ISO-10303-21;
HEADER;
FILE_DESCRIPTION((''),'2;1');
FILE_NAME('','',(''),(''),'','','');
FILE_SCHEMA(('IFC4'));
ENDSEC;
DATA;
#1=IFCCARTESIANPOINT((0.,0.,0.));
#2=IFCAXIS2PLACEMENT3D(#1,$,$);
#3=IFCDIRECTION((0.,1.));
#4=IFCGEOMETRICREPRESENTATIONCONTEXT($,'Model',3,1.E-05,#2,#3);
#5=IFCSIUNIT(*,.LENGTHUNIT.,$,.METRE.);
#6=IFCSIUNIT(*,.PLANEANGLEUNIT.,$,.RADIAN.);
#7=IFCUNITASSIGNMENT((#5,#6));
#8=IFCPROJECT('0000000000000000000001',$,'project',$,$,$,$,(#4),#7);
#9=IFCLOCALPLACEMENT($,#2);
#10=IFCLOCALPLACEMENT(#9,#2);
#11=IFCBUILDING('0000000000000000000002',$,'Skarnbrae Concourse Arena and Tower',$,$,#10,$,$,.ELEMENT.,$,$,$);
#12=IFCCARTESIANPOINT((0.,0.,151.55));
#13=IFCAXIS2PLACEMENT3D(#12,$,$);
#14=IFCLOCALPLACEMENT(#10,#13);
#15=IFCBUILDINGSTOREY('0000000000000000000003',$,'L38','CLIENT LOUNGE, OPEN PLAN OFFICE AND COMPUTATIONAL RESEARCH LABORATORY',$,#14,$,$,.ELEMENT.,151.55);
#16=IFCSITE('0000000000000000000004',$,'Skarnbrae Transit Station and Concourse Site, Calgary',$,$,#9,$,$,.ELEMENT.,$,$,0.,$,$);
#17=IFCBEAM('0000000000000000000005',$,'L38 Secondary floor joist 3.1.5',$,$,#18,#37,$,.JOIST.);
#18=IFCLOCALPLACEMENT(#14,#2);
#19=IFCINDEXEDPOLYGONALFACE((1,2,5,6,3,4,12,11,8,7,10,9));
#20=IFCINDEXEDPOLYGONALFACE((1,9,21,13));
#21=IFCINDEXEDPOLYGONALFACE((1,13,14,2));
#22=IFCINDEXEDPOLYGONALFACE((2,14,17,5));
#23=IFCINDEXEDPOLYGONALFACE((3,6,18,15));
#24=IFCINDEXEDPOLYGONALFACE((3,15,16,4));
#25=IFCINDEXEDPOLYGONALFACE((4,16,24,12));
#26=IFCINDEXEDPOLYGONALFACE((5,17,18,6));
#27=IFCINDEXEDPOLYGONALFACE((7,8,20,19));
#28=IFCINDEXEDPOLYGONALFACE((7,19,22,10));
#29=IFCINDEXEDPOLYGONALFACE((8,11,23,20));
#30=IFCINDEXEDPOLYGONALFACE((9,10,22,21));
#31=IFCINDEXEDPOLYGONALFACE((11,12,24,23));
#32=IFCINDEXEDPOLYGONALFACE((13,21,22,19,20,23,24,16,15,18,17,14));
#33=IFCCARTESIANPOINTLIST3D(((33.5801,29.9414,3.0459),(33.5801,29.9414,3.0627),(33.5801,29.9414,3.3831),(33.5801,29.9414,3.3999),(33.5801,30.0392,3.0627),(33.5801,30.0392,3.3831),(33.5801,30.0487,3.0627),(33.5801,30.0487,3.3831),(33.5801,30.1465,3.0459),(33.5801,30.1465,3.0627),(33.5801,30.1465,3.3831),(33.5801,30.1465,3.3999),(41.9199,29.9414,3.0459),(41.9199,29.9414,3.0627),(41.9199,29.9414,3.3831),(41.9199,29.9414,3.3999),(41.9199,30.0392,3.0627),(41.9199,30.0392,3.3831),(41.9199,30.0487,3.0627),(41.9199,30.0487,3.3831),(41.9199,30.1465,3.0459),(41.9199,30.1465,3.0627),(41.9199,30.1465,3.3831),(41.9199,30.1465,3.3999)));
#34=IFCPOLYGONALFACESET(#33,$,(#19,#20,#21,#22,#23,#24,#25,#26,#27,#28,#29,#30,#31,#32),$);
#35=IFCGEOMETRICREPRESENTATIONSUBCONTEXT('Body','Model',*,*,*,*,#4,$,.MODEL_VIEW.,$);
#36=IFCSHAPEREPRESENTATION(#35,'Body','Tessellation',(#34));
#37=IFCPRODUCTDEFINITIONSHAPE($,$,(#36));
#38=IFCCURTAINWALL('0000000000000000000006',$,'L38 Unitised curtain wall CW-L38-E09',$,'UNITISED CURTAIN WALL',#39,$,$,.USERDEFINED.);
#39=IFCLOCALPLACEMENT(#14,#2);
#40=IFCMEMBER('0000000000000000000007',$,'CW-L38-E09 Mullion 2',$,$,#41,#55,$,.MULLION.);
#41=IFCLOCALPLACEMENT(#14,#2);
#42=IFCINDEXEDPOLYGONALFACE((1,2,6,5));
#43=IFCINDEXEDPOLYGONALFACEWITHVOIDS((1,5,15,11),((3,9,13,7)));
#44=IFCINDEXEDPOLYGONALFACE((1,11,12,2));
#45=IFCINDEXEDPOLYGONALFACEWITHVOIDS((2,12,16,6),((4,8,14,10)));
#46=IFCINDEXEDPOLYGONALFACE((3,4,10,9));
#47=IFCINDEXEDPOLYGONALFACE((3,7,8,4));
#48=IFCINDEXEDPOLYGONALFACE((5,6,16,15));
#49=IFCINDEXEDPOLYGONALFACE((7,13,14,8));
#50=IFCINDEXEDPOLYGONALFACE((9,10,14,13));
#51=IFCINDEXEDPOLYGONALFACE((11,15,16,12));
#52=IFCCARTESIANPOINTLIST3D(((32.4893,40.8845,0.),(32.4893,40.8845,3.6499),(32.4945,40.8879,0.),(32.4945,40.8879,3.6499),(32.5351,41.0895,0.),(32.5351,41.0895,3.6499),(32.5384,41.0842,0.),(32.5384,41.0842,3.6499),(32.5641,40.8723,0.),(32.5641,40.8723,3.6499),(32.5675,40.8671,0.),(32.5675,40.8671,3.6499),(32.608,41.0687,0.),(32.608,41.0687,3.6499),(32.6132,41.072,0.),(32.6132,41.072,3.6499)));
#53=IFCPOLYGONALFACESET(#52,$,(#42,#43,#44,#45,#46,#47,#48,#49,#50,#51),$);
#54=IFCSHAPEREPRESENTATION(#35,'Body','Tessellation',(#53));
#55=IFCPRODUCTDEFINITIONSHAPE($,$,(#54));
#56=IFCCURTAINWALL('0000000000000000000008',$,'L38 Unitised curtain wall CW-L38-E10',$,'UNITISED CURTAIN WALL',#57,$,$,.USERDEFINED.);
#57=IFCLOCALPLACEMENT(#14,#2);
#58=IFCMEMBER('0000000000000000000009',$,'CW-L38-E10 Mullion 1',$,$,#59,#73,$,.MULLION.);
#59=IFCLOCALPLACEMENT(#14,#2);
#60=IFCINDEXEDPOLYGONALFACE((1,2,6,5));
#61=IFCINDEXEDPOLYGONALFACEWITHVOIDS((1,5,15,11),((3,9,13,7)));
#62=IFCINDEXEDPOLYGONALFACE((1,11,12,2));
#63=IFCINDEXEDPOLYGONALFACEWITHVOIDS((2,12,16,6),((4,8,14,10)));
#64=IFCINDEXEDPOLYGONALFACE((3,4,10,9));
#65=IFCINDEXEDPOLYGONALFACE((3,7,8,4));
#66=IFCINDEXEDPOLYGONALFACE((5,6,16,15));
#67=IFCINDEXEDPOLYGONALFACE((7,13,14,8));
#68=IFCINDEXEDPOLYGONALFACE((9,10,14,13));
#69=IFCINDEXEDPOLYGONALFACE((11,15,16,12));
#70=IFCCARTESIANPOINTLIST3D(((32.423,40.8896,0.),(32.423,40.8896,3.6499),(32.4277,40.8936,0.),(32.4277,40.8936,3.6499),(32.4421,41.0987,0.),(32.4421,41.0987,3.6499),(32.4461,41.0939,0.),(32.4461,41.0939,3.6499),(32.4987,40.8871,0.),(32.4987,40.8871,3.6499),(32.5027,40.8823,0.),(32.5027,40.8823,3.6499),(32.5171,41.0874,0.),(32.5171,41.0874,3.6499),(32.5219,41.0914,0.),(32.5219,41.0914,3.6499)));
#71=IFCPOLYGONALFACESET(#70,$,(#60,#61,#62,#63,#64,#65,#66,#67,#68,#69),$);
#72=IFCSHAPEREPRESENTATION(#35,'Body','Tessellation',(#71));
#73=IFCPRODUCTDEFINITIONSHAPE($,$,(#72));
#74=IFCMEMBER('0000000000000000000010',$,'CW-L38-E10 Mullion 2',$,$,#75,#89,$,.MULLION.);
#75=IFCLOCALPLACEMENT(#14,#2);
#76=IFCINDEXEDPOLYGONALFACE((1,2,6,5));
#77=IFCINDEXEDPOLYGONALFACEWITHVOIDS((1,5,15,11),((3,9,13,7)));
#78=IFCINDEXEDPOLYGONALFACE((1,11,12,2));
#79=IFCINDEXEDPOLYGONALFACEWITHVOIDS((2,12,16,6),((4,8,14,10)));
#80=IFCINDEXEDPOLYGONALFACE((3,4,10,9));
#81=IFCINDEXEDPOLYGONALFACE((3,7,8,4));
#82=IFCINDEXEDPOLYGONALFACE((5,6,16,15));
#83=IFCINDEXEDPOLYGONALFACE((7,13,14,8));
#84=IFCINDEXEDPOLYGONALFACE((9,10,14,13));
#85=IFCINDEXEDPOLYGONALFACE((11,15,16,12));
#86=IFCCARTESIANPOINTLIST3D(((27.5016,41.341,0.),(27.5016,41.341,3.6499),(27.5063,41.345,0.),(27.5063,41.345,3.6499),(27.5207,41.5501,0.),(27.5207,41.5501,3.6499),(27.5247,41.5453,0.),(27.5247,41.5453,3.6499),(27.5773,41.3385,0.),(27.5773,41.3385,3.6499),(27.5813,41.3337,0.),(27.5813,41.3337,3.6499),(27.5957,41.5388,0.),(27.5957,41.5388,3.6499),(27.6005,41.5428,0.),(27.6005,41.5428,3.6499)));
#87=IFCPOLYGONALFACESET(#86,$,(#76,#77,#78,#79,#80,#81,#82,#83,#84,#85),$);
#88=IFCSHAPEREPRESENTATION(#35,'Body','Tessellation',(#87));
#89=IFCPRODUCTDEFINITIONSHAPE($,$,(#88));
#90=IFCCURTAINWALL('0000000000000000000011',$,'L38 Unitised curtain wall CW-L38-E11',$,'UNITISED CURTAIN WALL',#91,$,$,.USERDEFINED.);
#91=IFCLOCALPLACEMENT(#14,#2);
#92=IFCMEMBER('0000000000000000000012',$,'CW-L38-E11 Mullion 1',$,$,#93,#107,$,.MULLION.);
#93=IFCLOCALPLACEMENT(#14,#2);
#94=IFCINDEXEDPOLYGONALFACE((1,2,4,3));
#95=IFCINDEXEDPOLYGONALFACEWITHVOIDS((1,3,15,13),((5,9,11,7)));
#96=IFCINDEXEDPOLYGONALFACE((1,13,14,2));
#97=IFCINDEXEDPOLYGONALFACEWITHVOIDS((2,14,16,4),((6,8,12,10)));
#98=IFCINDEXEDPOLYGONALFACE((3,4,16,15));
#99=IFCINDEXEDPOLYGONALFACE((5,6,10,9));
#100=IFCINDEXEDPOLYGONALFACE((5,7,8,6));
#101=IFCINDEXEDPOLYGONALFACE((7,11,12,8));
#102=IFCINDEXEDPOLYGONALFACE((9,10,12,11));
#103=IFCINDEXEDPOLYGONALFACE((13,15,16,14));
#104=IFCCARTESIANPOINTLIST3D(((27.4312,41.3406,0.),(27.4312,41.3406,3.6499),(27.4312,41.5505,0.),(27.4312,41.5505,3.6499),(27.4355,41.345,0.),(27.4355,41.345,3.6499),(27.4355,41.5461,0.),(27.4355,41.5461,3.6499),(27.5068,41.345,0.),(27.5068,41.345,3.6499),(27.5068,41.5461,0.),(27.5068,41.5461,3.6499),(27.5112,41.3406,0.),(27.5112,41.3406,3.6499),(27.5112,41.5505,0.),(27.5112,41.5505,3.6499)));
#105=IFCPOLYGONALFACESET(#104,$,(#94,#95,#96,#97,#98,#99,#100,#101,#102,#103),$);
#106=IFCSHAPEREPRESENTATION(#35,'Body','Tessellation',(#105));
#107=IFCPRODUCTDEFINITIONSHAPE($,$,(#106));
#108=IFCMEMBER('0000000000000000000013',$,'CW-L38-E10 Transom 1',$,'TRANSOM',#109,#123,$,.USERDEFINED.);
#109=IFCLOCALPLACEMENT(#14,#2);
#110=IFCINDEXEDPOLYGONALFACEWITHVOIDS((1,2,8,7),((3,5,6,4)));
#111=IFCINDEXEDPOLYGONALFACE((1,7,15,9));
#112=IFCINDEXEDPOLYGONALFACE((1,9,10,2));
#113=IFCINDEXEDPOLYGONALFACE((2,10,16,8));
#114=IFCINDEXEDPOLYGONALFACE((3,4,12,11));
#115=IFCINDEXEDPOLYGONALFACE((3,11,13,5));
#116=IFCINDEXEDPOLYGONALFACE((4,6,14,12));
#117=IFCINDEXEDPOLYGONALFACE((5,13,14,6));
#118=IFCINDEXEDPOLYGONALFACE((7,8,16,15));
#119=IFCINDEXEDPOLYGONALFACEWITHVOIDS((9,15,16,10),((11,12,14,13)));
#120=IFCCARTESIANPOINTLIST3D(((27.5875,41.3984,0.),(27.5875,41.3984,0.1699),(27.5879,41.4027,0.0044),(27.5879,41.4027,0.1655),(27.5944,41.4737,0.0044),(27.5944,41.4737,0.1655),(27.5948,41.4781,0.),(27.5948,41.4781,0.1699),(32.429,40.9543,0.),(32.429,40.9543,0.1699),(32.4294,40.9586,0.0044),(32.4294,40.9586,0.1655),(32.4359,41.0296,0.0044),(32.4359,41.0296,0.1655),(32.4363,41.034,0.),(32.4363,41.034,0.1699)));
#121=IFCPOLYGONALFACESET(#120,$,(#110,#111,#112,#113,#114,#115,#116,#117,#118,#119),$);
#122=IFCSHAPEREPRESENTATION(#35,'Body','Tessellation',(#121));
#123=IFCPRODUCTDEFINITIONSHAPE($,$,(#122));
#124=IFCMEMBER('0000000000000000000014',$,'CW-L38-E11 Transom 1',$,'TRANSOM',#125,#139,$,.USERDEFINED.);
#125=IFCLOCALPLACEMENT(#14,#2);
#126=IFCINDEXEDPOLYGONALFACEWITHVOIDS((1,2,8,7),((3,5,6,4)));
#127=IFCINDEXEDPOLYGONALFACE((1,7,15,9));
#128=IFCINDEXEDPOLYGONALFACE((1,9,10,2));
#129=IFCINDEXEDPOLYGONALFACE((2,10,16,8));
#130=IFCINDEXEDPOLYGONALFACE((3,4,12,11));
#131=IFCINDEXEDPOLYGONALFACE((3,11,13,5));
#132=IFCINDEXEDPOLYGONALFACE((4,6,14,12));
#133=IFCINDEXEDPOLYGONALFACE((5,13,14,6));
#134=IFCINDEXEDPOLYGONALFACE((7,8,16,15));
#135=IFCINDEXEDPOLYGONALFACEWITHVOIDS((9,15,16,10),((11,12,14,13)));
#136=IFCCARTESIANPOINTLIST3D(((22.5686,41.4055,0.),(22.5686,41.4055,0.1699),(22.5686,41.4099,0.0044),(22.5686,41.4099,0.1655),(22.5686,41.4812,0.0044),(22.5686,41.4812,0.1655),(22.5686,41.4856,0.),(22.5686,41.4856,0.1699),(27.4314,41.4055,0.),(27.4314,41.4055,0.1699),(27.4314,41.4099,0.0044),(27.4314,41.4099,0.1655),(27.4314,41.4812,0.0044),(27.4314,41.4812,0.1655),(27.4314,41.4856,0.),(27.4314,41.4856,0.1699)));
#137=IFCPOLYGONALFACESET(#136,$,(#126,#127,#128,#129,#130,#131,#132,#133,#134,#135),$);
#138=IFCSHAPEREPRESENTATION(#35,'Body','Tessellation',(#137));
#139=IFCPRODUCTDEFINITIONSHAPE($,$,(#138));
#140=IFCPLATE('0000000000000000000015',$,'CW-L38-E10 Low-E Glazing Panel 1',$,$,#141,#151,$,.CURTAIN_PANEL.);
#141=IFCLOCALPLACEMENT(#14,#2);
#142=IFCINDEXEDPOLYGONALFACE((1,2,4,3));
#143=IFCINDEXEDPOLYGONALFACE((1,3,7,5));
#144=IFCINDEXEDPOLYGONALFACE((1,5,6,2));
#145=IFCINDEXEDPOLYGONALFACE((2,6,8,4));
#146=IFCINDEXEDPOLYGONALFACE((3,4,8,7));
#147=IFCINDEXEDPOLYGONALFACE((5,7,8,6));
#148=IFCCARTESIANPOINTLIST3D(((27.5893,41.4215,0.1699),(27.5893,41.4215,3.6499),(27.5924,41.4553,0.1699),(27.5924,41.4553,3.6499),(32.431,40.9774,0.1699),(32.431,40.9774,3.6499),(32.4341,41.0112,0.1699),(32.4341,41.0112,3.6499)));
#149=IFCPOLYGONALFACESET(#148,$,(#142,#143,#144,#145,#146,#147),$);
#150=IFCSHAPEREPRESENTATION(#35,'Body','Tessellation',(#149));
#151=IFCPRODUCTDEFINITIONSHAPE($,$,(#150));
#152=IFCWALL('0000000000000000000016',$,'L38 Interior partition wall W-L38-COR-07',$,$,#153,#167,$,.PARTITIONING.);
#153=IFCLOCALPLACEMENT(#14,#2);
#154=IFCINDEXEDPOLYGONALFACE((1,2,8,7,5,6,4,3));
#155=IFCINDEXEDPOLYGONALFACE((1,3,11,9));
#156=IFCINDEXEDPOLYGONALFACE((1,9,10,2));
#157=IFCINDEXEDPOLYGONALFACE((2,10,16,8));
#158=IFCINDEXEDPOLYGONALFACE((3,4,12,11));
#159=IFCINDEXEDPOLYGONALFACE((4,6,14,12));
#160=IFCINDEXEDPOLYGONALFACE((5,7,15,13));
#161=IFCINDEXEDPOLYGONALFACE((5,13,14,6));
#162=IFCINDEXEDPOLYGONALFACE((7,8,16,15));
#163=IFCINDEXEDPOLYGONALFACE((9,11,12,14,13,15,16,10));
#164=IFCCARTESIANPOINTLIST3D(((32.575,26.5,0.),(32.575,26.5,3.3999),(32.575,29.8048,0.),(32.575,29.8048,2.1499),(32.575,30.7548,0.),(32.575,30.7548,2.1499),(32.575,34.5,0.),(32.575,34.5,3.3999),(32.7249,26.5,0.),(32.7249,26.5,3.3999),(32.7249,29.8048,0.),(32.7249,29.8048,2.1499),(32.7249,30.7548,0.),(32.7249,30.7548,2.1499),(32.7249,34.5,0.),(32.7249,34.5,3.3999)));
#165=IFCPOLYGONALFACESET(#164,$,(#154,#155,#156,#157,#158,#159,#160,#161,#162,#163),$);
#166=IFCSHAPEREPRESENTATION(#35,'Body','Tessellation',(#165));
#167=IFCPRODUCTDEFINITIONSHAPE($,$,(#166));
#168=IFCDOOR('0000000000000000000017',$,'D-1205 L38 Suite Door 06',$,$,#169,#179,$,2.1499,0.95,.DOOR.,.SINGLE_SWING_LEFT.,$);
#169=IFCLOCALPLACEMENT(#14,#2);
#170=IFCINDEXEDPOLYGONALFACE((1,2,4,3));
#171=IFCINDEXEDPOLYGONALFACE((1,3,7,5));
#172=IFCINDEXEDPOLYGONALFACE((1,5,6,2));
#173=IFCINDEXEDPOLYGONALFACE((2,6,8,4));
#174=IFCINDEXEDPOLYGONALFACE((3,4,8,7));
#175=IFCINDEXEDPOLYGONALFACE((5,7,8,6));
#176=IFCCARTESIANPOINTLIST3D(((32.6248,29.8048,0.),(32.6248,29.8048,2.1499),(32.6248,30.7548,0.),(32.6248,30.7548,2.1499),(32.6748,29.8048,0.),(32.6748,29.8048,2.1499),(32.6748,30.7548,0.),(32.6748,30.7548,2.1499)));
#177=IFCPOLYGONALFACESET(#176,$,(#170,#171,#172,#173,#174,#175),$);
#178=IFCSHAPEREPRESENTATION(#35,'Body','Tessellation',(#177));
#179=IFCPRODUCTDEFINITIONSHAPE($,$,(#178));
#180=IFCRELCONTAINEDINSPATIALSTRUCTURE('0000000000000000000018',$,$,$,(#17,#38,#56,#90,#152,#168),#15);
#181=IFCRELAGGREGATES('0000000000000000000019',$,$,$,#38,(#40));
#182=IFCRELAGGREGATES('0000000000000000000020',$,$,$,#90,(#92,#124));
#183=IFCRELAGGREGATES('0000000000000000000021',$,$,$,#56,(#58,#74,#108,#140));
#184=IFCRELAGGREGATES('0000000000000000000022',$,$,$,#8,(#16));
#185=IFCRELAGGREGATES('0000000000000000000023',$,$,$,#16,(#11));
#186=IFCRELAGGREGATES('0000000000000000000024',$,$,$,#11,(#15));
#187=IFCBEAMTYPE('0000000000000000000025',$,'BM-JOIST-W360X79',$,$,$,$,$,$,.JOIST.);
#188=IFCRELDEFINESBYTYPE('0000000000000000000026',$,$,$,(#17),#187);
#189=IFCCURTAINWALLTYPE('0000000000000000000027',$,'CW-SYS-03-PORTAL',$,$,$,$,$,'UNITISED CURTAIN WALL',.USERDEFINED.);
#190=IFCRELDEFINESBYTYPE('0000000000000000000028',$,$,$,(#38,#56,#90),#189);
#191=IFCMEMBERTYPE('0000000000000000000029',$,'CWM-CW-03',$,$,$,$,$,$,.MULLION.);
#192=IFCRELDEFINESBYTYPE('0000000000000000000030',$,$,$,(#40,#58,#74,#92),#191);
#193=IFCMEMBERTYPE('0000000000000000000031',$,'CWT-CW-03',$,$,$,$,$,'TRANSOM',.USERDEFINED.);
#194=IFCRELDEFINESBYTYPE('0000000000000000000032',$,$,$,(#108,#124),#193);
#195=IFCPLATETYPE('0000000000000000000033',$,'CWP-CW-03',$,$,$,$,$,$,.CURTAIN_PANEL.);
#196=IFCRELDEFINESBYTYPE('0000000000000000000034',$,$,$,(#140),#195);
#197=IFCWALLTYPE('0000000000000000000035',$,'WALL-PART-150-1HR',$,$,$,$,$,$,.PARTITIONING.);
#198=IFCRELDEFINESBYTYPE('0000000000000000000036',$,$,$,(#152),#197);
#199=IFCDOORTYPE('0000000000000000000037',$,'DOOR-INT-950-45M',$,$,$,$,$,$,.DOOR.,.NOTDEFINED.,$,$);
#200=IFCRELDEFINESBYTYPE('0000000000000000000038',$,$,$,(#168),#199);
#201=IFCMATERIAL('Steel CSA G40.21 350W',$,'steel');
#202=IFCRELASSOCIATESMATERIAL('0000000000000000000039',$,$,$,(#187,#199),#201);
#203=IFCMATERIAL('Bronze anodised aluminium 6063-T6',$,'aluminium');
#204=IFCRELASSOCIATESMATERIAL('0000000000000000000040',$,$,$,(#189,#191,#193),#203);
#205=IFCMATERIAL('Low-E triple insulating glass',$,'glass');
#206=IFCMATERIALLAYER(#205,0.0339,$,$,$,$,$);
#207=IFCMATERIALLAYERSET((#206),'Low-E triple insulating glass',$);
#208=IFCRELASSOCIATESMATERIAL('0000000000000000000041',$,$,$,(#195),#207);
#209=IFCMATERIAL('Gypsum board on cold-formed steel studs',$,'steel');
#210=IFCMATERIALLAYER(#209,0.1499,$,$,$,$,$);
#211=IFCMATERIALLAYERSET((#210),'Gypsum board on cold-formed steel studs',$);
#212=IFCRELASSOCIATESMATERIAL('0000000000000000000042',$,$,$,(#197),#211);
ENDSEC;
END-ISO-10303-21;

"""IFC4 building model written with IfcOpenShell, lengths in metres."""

from ifc_helpers import new_model, si_unit, direction, frame, frame_2d, origin, origin_2d, place, context, subcontext, project, spatial, rectangle, hollow_rectangle, i_section, extrude, source, transform, mapped, material, layer, layer_set, material_profile, profile_set, type_object, element, fill, aggregate, save


model = new_model("IFC4")

# Units and contexts
model_context = context("Model", 3, precision=1e-05, world=origin(), true_north=direction((0.0, 1.0)))
body_context = subcontext(model_context, "Body", "Model", "MODEL_VIEW")
ifc_project = project(units=[si_unit("LENGTHUNIT", "METRE"), si_unit("PLANEANGLEUNIT", "RADIAN")], contexts=[model_context])

# Site, building, storey
site_placement = place(None, origin())
site = spatial("IfcSite", under=ifc_project, at=site_placement, Name="Skarnbrae Transit Station and Concourse Site, Calgary", CompositionType="ELEMENT", RefElevation=0.0)
building_placement = place(site_placement, origin())
building = spatial("IfcBuilding", under=site, at=building_placement, Name="Skarnbrae Concourse Arena and Tower", CompositionType="ELEMENT")
storey_placement = place(building_placement, frame((0.0, 0.0, 151.55)))
storey = spatial("IfcBuildingStorey", under=building, at=storey_placement, Name="L38", Description="CLIENT LOUNGE, OPEN PLAN OFFICE AND COMPUTATIONAL RESEARCH LABORATORY", CompositionType="ELEMENT", Elevation=151.55)

# Shared definitions
ifc_material_1 = material(Name="Steel CSA G40.21 350W", Category="steel")

# Beam
ifc_material_profile_1 = material_profile(ifc_material_1, i_section(OverallWidth=0.2051, OverallDepth=0.354, WebThickness=0.0095, FlangeThickness=0.0168, at=origin_2d()), Name="W360X79")
ifc_profile_set_1 = profile_set([ifc_material_profile_1], Name="Steel CSA G40.21 350W")
beam_type_1 = type_object("IfcBeamType", Name="BM-JOIST-W360X79", PredefinedType="JOIST", material=ifc_profile_set_1)
shared_shape_1 = source(origin(), body_context, "Body", "SweptSolid", [
    extrude(i_section(OverallWidth=0.2051, OverallDepth=0.354, WebThickness=0.0095, FlangeThickness=0.0168, at=origin_2d()), origin(), (0.0, 0.0, 1.0), 8.3398),
])
beam_1_placement = place(storey_placement, frame((33.5801, 30.0439, 3.2229), z_axis=(1.0, 0.0, 0.0), x_axis=(0.0, 1.0, 0.0)))
element("IfcBeam", 1, at=beam_1_placement, inside=storey, type_object=beam_type_1, Name="L38 Secondary floor joist 3.1.5", PredefinedType="JOIST", context=body_context, shape_type="MappedRepresentation", body=[
    mapped(shared_shape_1, transform((0.0, 0.0, 0.0))),
])

# Curtain wall, member
ifc_material_2 = material(Name="Bronze anodised aluminium 6063-T6", Category="aluminium")
curtain_wall_type = type_object("IfcCurtainWallType", Name="CW-SYS-03-PORTAL", ElementType="UNITISED CURTAIN WALL", PredefinedType="USERDEFINED", material=ifc_material_2)
curtain_wall_1_placement = place(storey_placement, origin())
curtain_wall_1 = element("IfcCurtainWall", 2, at=curtain_wall_1_placement, inside=storey, type_object=curtain_wall_type, Name="L38 Unitised curtain wall CW-L38-E09", ObjectType="UNITISED CURTAIN WALL", PredefinedType="USERDEFINED")
ifc_material_profile_2 = material_profile(ifc_material_2, hollow_rectangle(XDim=0.0801, YDim=0.21, WallThickness=0.0044, at=origin_2d()), Name="ALU-MULL-80X210")
ifc_profile_set_2 = profile_set([ifc_material_profile_2], Name="Bronze anodised aluminium 6063-T6")
member_type_1 = type_object("IfcMemberType", Name="CWM-CW-03", PredefinedType="MULLION", material=ifc_profile_set_2)
shared_shape_2 = source(origin(), body_context, "Body", "SweptSolid", [
    extrude(hollow_rectangle(XDim=0.0801, YDim=0.21, WallThickness=0.0044, at=origin_2d()), origin(), (0.0, 0.0, 1.0), 3.6499),
])
member_1_placement = place(storey_placement, frame((32.5513, 40.9783, 0.0), z_axis=(0.0, 0.0, 1.0), x_axis=(-0.975936, 0.218056, 0.0)))
member_1 = element("IfcMember", 3, at=member_1_placement, type_object=member_type_1, Name="CW-L38-E09 Mullion 2", PredefinedType="MULLION", context=body_context, shape_type="MappedRepresentation", body=[
    mapped(shared_shape_2, transform((0.0, 0.0, 0.0))),
])
aggregate(curtain_wall_1, [member_1])

# Curtain wall, members
curtain_wall_2_placement = place(storey_placement, origin())
curtain_wall_2 = element("IfcCurtainWall", 4, at=curtain_wall_2_placement, inside=storey, type_object=curtain_wall_type, Name="L38 Unitised curtain wall CW-L38-E10", ObjectType="UNITISED CURTAIN WALL", PredefinedType="USERDEFINED")
member_2_placement = place(storey_placement, frame((32.4724, 40.9905, 0.0), z_axis=(0.0, 0.0, 1.0), x_axis=(-0.99582, 0.091338, 0.0)))
member_2 = element("IfcMember", 5, at=member_2_placement, type_object=member_type_1, Name="CW-L38-E10 Mullion 1", PredefinedType="MULLION", context=body_context, shape_type="MappedRepresentation", body=[
    mapped(shared_shape_2, transform((0.0, 0.0, 0.0))),
])
member_3_placement = place(storey_placement, frame((27.551, 41.4419, 0.0), z_axis=(0.0, 0.0, 1.0), x_axis=(-0.99582, 0.091338, 0.0)))
member_3 = element("IfcMember", 6, at=member_3_placement, type_object=member_type_1, Name="CW-L38-E10 Mullion 2", PredefinedType="MULLION", context=body_context, shape_type="MappedRepresentation", body=[
    mapped(shared_shape_2, transform((0.0, 0.0, 0.0))),
])

# Curtain wall, member
curtain_wall_3_placement = place(storey_placement, origin())
curtain_wall_3 = element("IfcCurtainWall", 7, at=curtain_wall_3_placement, inside=storey, type_object=curtain_wall_type, Name="L38 Unitised curtain wall CW-L38-E11", ObjectType="UNITISED CURTAIN WALL", PredefinedType="USERDEFINED")
member_4_placement = place(storey_placement, frame((27.4712, 41.4456, 0.0), z_axis=(0.0, 0.0, 1.0), x_axis=(-1.0, 0.0, 0.0)))
member_4 = element("IfcMember", 8, at=member_4_placement, type_object=member_type_1, Name="CW-L38-E11 Mullion 1", PredefinedType="MULLION", context=body_context, shape_type="MappedRepresentation", body=[
    mapped(shared_shape_2, transform((0.0, 0.0, 0.0))),
])

# Members
ifc_material_profile_3 = material_profile(ifc_material_2, hollow_rectangle(XDim=0.0801, YDim=0.1699, WallThickness=0.0044, at=origin_2d()), Name="ALU-TRAN-80X170")
ifc_profile_set_3 = profile_set([ifc_material_profile_3], Name="Bronze anodised aluminium 6063-T6")
member_type_2 = type_object("IfcMemberType", Name="CWT-CW-03", ElementType="TRANSOM", PredefinedType="USERDEFINED", material=ifc_profile_set_3)
shared_shape_3 = source(origin(), body_context, "Body", "SweptSolid", [
    extrude(hollow_rectangle(XDim=0.0801, YDim=0.1699, WallThickness=0.0044, at=origin_2d()), origin(), (0.0, 0.0, 1.0), 4.8618),
])
member_5_placement = place(storey_placement, frame((32.4326, 40.9941, 0.085), z_axis=(-0.99582, 0.091342, 0.0), x_axis=(-0.091342, -0.99582, 0.0)))
member_5 = element("IfcMember", 9, at=member_5_placement, type_object=member_type_2, Name="CW-L38-E10 Transom 1", ObjectType="TRANSOM", PredefinedType="USERDEFINED", context=body_context, shape_type="MappedRepresentation", body=[
    mapped(shared_shape_3, transform((0.0, 0.0, 0.0))),
])
shared_shape_4 = source(origin(), body_context, "Body", "SweptSolid", [
    extrude(hollow_rectangle(XDim=0.0801, YDim=0.1699, WallThickness=0.0044, at=origin_2d()), origin(), (0.0, 0.0, 1.0), 4.8628),
])
member_6_placement = place(storey_placement, frame((27.4314, 41.4456, 0.085), z_axis=(-1.0, 0.0, 0.0), x_axis=(0.0, -1.0, 0.0)))
member_6 = element("IfcMember", 10, at=member_6_placement, type_object=member_type_2, Name="CW-L38-E11 Transom 1", ObjectType="TRANSOM", PredefinedType="USERDEFINED", context=body_context, shape_type="MappedRepresentation", body=[
    mapped(shared_shape_4, transform((0.0, 0.0, 0.0))),
])
aggregate(curtain_wall_3, [member_4, member_6])

# Plate
ifc_material_3 = material(Name="Low-E triple insulating glass", Category="glass")
ifc_layer_1 = layer(ifc_material_3, 0.0339)
ifc_layer_set_1 = layer_set([ifc_layer_1], Name="Low-E triple insulating glass")
plate_type = type_object("IfcPlateType", Name="CWP-CW-03", PredefinedType="CURTAIN_PANEL", material=ifc_layer_set_1)
shared_shape_5 = source(origin(), body_context, "Body", "SweptSolid", [
    extrude(rectangle(XDim=4.8621, YDim=0.0339, at=origin_2d()), origin(), (0.0, 0.0, 1.0), 3.48),
])
plate_placement = place(storey_placement, frame((30.0117, 41.2163, 0.1699), z_axis=(0.0, 0.0, 1.0), x_axis=(-0.99582, 0.091338, 0.0)))
plate = element("IfcPlate", 11, at=plate_placement, type_object=plate_type, Name="CW-L38-E10 Low-E Glazing Panel 1", PredefinedType="CURTAIN_PANEL", context=body_context, shape_type="MappedRepresentation", body=[
    mapped(shared_shape_5, transform((0.0, 0.0, 0.0))),
])
aggregate(curtain_wall_2, [member_2, member_3, member_5, plate])

# Wall, opening, door
ifc_material_4 = material(Name="Gypsum board on cold-formed steel studs", Category="steel")
ifc_layer_2 = layer(ifc_material_4, 0.1499)
ifc_layer_set_2 = layer_set([ifc_layer_2], Name="Gypsum board on cold-formed steel studs")
wall_type_1 = type_object("IfcWallType", Name="WALL-PART-150-1HR", PredefinedType="PARTITIONING", material=ifc_layer_set_2)
shared_shape_6 = source(origin(), body_context, "Body", "SweptSolid", [
    extrude(rectangle(XDim=8.0, YDim=0.1499, at=frame_2d((4.0, 0.0))), origin(), (0.0, 0.0, 1.0), 3.3999),
])
wall_1_placement = place(storey_placement, frame((32.6499, 34.5, 0.0), z_axis=(0.0, 0.0, 1.0), x_axis=(0.0, -1.0, 0.0)))
wall_1 = element("IfcWall", 12, at=wall_1_placement, inside=storey, type_object=wall_type_1, Name="L38 Interior partition wall W-L38-COR-07", PredefinedType="PARTITIONING", context=body_context, shape_type="MappedRepresentation", body=[
    mapped(shared_shape_6, transform((0.0, 0.0, 0.0))),
])
opening_1_placement = place(wall_1_placement, frame((3.7451, 0.0, 0.0)))
opening_1 = element("IfcOpeningElement", 13, at=opening_1_placement, cuts=wall_1, PredefinedType="OPENING", context=body_context, shape_type="SweptSolid", body=[
    extrude(rectangle(XDim=0.95, YDim=2.1499, at=frame_2d((0.4751, 1.075))), frame((0.0, 0.085, 0.0), z_axis=(0.0, -1.0, 0.0), x_axis=(1.0, 0.0, 0.0)), (0.0, 0.0, 1.0), 0.1699),
])
door_type = type_object("IfcDoorType", Name="DOOR-INT-950-45M", OperationType="NOTDEFINED", PredefinedType="DOOR", material=ifc_material_1)
shared_shape_7 = source(origin(), body_context, "Body", "SweptSolid", [
    extrude(rectangle(XDim=0.95, YDim=2.1499, at=frame_2d((0.4751, 1.075))), frame((0.0, 0.0249, 0.0), z_axis=(0.0, -1.0, 0.0), x_axis=(1.0, 0.0, 0.0)), (0.0, 0.0, 1.0), 0.05),
])
door_1_placement = place(opening_1_placement, origin())
door_1 = element("IfcDoor", 14, at=door_1_placement, inside=storey, type_object=door_type, Name="D-1205 L38 Suite Door 06", OperationType="SINGLE_SWING_LEFT", OverallHeight=2.1499, OverallWidth=0.95, PredefinedType="DOOR", context=body_context, shape_type="MappedRepresentation", body=[
    mapped(shared_shape_7, transform((0.0, 0.0, 0.0))),
])
fill(opening_1, door_1)

save(model, "model.ifc")
